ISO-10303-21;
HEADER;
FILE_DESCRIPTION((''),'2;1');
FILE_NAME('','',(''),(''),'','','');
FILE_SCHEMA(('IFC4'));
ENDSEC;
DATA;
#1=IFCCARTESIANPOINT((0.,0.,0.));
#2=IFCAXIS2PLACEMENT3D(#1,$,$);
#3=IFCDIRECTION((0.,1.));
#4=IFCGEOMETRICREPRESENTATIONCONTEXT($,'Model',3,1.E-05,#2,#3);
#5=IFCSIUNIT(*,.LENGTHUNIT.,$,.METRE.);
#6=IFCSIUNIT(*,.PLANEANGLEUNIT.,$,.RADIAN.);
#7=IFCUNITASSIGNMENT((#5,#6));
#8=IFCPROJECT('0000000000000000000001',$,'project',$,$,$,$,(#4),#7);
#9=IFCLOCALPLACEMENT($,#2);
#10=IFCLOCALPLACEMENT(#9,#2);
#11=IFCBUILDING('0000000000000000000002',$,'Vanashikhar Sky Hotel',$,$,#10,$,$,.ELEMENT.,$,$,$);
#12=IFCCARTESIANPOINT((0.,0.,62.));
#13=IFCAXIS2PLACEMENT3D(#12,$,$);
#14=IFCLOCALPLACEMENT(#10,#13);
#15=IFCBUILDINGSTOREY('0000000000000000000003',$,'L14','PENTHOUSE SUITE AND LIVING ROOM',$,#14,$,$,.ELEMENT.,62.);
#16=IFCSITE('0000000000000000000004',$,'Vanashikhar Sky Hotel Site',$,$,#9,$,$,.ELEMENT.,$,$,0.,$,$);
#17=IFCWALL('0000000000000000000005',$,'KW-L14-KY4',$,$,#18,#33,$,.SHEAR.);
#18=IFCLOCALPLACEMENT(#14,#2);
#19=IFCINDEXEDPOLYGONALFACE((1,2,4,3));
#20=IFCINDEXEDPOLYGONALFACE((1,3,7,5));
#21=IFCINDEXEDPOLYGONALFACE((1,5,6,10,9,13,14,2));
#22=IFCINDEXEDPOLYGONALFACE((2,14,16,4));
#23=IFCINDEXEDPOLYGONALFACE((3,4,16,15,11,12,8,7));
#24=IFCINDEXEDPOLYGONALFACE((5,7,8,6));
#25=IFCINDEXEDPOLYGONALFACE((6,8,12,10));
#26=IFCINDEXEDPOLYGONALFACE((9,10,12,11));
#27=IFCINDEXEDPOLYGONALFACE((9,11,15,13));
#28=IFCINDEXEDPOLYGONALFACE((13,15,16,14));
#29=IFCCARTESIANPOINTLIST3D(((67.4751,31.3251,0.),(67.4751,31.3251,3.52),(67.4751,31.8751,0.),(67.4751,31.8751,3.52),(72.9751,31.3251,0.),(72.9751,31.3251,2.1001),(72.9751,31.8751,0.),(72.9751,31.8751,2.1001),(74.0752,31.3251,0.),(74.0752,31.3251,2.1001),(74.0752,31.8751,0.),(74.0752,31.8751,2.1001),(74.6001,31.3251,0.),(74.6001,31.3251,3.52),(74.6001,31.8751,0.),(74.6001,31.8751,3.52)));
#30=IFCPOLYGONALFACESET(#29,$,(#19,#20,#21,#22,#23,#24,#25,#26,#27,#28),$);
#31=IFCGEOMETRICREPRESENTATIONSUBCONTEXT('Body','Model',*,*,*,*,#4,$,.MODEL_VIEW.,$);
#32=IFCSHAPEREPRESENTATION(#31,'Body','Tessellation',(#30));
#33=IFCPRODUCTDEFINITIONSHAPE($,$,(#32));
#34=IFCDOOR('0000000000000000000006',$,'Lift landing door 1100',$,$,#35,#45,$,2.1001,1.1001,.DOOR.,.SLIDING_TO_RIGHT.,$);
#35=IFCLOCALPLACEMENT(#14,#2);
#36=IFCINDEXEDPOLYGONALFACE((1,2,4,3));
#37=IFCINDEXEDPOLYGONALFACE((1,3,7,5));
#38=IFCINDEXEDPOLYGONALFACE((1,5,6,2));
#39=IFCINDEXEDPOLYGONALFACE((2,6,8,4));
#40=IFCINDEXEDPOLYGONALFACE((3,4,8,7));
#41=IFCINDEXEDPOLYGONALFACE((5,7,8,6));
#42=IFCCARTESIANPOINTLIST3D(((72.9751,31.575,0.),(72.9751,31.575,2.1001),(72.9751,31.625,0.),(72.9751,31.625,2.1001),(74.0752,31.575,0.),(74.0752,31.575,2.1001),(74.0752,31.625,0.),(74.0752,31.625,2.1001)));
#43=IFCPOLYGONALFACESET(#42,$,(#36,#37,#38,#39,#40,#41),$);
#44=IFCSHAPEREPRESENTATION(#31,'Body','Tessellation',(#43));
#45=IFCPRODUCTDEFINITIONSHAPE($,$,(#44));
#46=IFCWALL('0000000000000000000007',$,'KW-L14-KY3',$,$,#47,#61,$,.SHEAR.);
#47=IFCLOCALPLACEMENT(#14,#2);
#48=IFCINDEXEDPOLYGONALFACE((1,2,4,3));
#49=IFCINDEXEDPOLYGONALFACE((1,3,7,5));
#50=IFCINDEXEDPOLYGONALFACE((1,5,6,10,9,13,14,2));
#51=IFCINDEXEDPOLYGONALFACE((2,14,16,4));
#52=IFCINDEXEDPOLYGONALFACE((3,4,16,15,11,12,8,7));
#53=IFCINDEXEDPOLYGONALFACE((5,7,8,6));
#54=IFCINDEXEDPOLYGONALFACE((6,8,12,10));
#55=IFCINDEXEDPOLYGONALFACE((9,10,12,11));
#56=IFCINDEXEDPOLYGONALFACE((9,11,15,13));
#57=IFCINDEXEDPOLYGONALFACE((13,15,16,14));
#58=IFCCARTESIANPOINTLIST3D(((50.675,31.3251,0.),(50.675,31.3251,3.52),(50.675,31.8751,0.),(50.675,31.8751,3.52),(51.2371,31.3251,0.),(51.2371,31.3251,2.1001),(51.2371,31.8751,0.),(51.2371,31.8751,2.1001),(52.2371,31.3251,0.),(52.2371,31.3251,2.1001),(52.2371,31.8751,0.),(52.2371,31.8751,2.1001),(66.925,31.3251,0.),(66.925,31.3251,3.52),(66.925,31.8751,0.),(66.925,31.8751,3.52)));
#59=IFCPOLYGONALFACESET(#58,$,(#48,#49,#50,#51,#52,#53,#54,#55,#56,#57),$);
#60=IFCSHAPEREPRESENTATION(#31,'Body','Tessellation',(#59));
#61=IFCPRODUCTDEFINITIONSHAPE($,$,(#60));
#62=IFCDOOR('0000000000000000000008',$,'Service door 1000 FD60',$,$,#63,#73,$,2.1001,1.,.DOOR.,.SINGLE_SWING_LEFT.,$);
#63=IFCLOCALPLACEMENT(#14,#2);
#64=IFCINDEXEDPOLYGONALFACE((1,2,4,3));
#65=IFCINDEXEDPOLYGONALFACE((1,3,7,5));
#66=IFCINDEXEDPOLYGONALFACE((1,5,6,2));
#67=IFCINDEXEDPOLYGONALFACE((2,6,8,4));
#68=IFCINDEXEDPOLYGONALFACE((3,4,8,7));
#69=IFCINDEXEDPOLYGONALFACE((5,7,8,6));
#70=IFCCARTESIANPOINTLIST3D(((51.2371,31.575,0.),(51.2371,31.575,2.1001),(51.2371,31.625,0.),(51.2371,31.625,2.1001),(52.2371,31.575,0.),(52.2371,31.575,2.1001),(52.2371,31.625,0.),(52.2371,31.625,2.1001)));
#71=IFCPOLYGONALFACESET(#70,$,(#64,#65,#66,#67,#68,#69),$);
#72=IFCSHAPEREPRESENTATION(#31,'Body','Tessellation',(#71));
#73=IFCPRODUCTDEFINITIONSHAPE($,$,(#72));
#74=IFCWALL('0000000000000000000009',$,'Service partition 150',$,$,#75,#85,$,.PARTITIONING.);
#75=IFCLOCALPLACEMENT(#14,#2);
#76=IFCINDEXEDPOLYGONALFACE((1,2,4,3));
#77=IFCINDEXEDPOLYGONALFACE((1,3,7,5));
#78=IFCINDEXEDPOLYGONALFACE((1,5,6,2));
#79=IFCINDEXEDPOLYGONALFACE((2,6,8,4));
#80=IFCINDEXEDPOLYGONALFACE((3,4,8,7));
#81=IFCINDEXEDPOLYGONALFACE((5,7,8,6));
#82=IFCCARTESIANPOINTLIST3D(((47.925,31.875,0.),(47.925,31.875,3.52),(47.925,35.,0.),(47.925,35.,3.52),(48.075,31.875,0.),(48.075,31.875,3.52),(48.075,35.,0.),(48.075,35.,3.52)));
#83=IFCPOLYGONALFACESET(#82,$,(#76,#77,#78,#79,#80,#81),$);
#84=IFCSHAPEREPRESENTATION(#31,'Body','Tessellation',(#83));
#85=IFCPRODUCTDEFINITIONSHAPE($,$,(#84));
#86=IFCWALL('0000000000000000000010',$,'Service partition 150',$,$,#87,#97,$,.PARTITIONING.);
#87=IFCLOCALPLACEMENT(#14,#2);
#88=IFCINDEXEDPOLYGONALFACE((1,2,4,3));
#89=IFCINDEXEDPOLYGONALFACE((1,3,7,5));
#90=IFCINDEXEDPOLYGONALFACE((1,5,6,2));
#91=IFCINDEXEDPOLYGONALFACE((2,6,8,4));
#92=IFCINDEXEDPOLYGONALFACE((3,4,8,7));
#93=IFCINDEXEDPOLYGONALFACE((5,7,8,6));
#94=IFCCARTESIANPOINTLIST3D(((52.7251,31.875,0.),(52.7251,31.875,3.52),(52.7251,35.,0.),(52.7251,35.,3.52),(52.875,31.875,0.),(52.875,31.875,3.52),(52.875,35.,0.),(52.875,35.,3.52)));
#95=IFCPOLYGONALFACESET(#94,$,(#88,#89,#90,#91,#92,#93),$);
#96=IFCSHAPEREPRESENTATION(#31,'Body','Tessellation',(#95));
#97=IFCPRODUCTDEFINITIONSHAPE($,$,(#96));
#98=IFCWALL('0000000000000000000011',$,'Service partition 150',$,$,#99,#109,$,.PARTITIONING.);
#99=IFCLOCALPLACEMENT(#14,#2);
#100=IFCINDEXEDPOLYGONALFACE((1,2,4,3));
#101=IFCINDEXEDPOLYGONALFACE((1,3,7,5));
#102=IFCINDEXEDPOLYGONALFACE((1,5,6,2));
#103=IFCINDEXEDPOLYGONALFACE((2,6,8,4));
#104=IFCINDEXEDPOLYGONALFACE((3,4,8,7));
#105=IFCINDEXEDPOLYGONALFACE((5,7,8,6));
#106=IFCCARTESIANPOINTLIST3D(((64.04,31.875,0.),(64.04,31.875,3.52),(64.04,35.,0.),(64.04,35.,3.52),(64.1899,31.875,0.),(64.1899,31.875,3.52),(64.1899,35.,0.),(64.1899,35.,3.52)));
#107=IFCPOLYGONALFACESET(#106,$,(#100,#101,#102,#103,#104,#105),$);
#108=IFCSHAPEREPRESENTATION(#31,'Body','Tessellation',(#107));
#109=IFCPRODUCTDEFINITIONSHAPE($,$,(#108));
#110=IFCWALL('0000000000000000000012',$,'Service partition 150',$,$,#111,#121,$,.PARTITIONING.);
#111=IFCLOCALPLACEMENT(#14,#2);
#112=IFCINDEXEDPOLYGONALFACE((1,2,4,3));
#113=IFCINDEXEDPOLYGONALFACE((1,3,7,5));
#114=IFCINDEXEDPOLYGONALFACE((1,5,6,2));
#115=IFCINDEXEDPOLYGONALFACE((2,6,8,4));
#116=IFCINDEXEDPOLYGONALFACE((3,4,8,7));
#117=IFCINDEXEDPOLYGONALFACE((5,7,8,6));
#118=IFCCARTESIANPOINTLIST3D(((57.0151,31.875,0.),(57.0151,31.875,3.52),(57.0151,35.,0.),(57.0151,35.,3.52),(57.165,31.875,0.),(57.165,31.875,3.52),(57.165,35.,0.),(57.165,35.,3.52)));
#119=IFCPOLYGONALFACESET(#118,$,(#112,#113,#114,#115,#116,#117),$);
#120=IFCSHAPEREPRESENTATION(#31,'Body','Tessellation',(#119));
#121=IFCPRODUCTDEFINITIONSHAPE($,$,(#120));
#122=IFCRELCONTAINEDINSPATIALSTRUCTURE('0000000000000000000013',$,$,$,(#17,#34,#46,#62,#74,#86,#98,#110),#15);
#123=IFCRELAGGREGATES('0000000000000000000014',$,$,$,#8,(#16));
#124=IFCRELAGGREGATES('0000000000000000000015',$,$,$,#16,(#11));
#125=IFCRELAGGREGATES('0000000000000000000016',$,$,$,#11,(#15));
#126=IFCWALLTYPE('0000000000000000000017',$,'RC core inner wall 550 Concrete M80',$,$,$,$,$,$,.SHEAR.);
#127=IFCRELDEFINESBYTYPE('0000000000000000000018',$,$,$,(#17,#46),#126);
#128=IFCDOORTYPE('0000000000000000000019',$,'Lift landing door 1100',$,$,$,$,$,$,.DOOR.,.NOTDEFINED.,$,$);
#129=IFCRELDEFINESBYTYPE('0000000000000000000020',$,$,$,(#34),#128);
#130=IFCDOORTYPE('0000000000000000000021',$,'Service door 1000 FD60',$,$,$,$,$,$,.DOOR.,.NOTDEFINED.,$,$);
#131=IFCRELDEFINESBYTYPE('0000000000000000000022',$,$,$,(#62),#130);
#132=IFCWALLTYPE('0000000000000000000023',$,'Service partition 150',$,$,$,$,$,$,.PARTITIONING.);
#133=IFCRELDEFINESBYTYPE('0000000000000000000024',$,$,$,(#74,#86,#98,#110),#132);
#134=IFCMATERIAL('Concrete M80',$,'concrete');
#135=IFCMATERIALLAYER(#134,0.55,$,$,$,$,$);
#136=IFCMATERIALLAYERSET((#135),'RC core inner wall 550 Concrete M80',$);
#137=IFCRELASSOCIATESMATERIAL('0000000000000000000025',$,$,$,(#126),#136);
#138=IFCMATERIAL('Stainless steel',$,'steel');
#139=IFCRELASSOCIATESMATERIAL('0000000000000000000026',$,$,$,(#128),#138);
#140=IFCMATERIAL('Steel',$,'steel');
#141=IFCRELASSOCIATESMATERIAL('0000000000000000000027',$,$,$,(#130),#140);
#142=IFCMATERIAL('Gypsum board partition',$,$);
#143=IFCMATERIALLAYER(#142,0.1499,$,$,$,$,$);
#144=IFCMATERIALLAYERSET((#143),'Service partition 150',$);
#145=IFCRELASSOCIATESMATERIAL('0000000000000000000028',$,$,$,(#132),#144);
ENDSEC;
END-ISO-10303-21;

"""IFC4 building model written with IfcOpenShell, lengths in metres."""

from ifc_helpers import new_model, si_unit, direction, frame, frame_2d, origin, place, context, subcontext, project, spatial, rectangle, extrude, source, transform, mapped, material, layer, layer_set, type_object, element, fill, save


model = new_model("IFC4")

# Units and contexts
model_context = context("Model", 3, precision=1e-05, world=origin(), true_north=direction((0.0, 1.0)))
body_context = subcontext(model_context, "Body", "Model", "MODEL_VIEW")
ifc_project = project(units=[si_unit("LENGTHUNIT", "METRE"), si_unit("PLANEANGLEUNIT", "RADIAN")], contexts=[model_context])

# Site, building, storey
site_placement = place(None, origin())
site = spatial("IfcSite", under=ifc_project, at=site_placement, Name="Vanashikhar Sky Hotel Site", CompositionType="ELEMENT", RefElevation=0.0)
building_placement = place(site_placement, origin())
building = spatial("IfcBuilding", under=site, at=building_placement, Name="Vanashikhar Sky Hotel", CompositionType="ELEMENT")
storey_placement = place(building_placement, frame((0.0, 0.0, 62.0)))
storey = spatial("IfcBuildingStorey", under=building, at=storey_placement, Name="L14", Description="PENTHOUSE SUITE AND LIVING ROOM", CompositionType="ELEMENT", Elevation=62.0)

# Walls, openings, doors
ifc_material_1 = material(Name="Concrete M80", Category="concrete")
ifc_layer_1 = layer(ifc_material_1, 0.55)
ifc_layer_set_1 = layer_set([ifc_layer_1], Name="RC core inner wall 550 Concrete M80")
wall_type_1 = type_object("IfcWallType", Name="RC core inner wall 550 Concrete M80", PredefinedType="SHEAR", material=ifc_layer_set_1)
shared_shape_1 = source(origin(), body_context, "Body", "SweptSolid", [
    extrude(rectangle(XDim=7.125, YDim=0.55, at=frame_2d((3.5625, 0.0))), origin(), (0.0, 0.0, 1.0), 3.52),
])
wall_1_placement = place(storey_placement, frame((67.4751, 31.6001, 0.0), z_axis=(0.0, 0.0, 1.0), x_axis=(1.0, 0.0, 0.0)))
wall_1 = element("IfcWall", 1, at=wall_1_placement, inside=storey, type_object=wall_type_1, Name="KW-L14-KY4", PredefinedType="SHEAR", context=body_context, shape_type="MappedRepresentation", body=[
    mapped(shared_shape_1, transform((0.0, 0.0, 0.0), scale=1.0)),
])
shared_shape_2 = source(origin(), body_context, "Body", "SweptSolid", [
    extrude(rectangle(XDim=1.1001, YDim=2.1001, at=frame_2d((0.55, 1.05))), frame((0.0, 0.2852, 0.0), z_axis=(0.0, -1.0, 0.0), x_axis=(1.0, 0.0, 0.0)), (0.0, 0.0, 1.0), 0.5701),
])
opening_1_placement = place(wall_1_placement, frame((5.5, 0.0, 0.0)))
opening_1 = element("IfcOpeningElement", 2, at=opening_1_placement, cuts=wall_1, PredefinedType="OPENING", context=body_context, shape_type="MappedRepresentation", body=[
    mapped(shared_shape_2, transform((0.0, 0.0, 0.0), scale=1.0)),
])
ifc_material_2 = material(Name="Stainless steel", Category="steel")
door_type_1 = type_object("IfcDoorType", Name="Lift landing door 1100", OperationType="NOTDEFINED", PredefinedType="DOOR", material=ifc_material_2)
shared_shape_3 = source(origin(), body_context, "Body", "SweptSolid", [
    extrude(rectangle(XDim=1.1001, YDim=2.1001, at=frame_2d((0.55, 1.05))), frame((0.0, 0.0249, 0.0), z_axis=(0.0, -1.0, 0.0), x_axis=(1.0, 0.0, 0.0)), (0.0, 0.0, 1.0), 0.05),
])
door_1_placement = place(opening_1_placement, origin())
door_1 = element("IfcDoor", 3, at=door_1_placement, inside=storey, type_object=door_type_1, Name="Lift landing door 1100", OperationType="SLIDING_TO_RIGHT", OverallHeight=2.1001, OverallWidth=1.1001, PredefinedType="DOOR", context=body_context, shape_type="MappedRepresentation", body=[
    mapped(shared_shape_3, transform((0.0, 0.0, 0.0), scale=1.0)),
])
fill(opening_1, door_1)
shared_shape_4 = source(origin(), body_context, "Body", "SweptSolid", [
    extrude(rectangle(XDim=16.25, YDim=0.55, at=frame_2d((8.125, 0.0))), origin(), (0.0, 0.0, 1.0), 3.52),
])
wall_2_placement = place(storey_placement, frame((50.675, 31.6001, 0.0), z_axis=(0.0, 0.0, 1.0), x_axis=(1.0, 0.0, 0.0)))
wall_2 = element("IfcWall", 4, at=wall_2_placement, inside=storey, type_object=wall_type_1, Name="KW-L14-KY3", PredefinedType="SHEAR", context=body_context, shape_type="MappedRepresentation", body=[
    mapped(shared_shape_4, transform((0.0, 0.0, 0.0), scale=1.0)),
])
shared_shape_5 = source(origin(), body_context, "Body", "SweptSolid", [
    extrude(rectangle(XDim=1.0, YDim=2.1001, at=frame_2d((0.5, 1.05))), frame((0.0, 0.2852, 0.0), z_axis=(0.0, -1.0, 0.0), x_axis=(1.0, 0.0, 0.0)), (0.0, 0.0, 1.0), 0.5701),
])
opening_2_placement = place(wall_2_placement, frame((0.562, 0.0, 0.0)))
opening_2 = element("IfcOpeningElement", 5, at=opening_2_placement, cuts=wall_2, PredefinedType="OPENING", context=body_context, shape_type="MappedRepresentation", body=[
    mapped(shared_shape_5, transform((0.0, 0.0, 0.0), scale=1.0)),
])
ifc_material_3 = material(Name="Steel", Category="steel")
door_type_2 = type_object("IfcDoorType", Name="Service door 1000 FD60", OperationType="NOTDEFINED", PredefinedType="DOOR", material=ifc_material_3)
shared_shape_6 = source(origin(), body_context, "Body", "SweptSolid", [
    extrude(rectangle(XDim=1.0, YDim=2.1001, at=frame_2d((0.5, 1.05))), frame((0.0, 0.0249, 0.0), z_axis=(0.0, -1.0, 0.0), x_axis=(1.0, 0.0, 0.0)), (0.0, 0.0, 1.0), 0.05),
])
door_2_placement = place(opening_2_placement, origin())
door_2 = element("IfcDoor", 6, at=door_2_placement, inside=storey, type_object=door_type_2, Name="Service door 1000 FD60", OperationType="SINGLE_SWING_LEFT", OverallHeight=2.1001, OverallWidth=1.0, PredefinedType="DOOR", context=body_context, shape_type="MappedRepresentation", body=[
    mapped(shared_shape_6, transform((0.0, 0.0, 0.0), scale=1.0)),
])
fill(opening_2, door_2)

# Walls
ifc_material_4 = material(Name="Gypsum board partition")
ifc_layer_2 = layer(ifc_material_4, 0.1499)
ifc_layer_set_2 = layer_set([ifc_layer_2], Name="Service partition 150")
wall_type_2 = type_object("IfcWallType", Name="Service partition 150", PredefinedType="PARTITIONING", material=ifc_layer_set_2)
shared_shape_7 = source(origin(), body_context, "Body", "SweptSolid", [
    extrude(rectangle(XDim=3.125, YDim=0.1499, at=frame_2d((1.5625, 0.0))), origin(), (0.0, 0.0, 1.0), 3.52),
])
for number, where, z_axis, x_axis, name in (
    (7, (48.0, 31.875, 0.0), (0.0, 0.0, 1.0), (0.0, 1.0, 0.0), "Service partition 150"),
    (8, (52.8, 31.875, 0.0), (0.0, 0.0, 1.0), (0.0, 1.0, 0.0), "Service partition 150"),
    (9, (64.115, 31.875, 0.0), (0.0, 0.0, 1.0), (0.0, 1.0, 0.0), "Service partition 150"),
    (10, (57.0901, 31.875, 0.0), (0.0, 0.0, 1.0), (0.0, 1.0, 0.0), "Service partition 150"),
):
    element("IfcWall", number, at=place(storey_placement, frame(where, z_axis=z_axis, x_axis=x_axis)), inside=storey, type_object=wall_type_2, Name=name, PredefinedType="PARTITIONING", context=body_context, shape_type="MappedRepresentation", body=[
        mapped(shared_shape_7, transform((0.0, 0.0, 0.0), scale=1.0)),
    ])

save(model, "model.ifc")
